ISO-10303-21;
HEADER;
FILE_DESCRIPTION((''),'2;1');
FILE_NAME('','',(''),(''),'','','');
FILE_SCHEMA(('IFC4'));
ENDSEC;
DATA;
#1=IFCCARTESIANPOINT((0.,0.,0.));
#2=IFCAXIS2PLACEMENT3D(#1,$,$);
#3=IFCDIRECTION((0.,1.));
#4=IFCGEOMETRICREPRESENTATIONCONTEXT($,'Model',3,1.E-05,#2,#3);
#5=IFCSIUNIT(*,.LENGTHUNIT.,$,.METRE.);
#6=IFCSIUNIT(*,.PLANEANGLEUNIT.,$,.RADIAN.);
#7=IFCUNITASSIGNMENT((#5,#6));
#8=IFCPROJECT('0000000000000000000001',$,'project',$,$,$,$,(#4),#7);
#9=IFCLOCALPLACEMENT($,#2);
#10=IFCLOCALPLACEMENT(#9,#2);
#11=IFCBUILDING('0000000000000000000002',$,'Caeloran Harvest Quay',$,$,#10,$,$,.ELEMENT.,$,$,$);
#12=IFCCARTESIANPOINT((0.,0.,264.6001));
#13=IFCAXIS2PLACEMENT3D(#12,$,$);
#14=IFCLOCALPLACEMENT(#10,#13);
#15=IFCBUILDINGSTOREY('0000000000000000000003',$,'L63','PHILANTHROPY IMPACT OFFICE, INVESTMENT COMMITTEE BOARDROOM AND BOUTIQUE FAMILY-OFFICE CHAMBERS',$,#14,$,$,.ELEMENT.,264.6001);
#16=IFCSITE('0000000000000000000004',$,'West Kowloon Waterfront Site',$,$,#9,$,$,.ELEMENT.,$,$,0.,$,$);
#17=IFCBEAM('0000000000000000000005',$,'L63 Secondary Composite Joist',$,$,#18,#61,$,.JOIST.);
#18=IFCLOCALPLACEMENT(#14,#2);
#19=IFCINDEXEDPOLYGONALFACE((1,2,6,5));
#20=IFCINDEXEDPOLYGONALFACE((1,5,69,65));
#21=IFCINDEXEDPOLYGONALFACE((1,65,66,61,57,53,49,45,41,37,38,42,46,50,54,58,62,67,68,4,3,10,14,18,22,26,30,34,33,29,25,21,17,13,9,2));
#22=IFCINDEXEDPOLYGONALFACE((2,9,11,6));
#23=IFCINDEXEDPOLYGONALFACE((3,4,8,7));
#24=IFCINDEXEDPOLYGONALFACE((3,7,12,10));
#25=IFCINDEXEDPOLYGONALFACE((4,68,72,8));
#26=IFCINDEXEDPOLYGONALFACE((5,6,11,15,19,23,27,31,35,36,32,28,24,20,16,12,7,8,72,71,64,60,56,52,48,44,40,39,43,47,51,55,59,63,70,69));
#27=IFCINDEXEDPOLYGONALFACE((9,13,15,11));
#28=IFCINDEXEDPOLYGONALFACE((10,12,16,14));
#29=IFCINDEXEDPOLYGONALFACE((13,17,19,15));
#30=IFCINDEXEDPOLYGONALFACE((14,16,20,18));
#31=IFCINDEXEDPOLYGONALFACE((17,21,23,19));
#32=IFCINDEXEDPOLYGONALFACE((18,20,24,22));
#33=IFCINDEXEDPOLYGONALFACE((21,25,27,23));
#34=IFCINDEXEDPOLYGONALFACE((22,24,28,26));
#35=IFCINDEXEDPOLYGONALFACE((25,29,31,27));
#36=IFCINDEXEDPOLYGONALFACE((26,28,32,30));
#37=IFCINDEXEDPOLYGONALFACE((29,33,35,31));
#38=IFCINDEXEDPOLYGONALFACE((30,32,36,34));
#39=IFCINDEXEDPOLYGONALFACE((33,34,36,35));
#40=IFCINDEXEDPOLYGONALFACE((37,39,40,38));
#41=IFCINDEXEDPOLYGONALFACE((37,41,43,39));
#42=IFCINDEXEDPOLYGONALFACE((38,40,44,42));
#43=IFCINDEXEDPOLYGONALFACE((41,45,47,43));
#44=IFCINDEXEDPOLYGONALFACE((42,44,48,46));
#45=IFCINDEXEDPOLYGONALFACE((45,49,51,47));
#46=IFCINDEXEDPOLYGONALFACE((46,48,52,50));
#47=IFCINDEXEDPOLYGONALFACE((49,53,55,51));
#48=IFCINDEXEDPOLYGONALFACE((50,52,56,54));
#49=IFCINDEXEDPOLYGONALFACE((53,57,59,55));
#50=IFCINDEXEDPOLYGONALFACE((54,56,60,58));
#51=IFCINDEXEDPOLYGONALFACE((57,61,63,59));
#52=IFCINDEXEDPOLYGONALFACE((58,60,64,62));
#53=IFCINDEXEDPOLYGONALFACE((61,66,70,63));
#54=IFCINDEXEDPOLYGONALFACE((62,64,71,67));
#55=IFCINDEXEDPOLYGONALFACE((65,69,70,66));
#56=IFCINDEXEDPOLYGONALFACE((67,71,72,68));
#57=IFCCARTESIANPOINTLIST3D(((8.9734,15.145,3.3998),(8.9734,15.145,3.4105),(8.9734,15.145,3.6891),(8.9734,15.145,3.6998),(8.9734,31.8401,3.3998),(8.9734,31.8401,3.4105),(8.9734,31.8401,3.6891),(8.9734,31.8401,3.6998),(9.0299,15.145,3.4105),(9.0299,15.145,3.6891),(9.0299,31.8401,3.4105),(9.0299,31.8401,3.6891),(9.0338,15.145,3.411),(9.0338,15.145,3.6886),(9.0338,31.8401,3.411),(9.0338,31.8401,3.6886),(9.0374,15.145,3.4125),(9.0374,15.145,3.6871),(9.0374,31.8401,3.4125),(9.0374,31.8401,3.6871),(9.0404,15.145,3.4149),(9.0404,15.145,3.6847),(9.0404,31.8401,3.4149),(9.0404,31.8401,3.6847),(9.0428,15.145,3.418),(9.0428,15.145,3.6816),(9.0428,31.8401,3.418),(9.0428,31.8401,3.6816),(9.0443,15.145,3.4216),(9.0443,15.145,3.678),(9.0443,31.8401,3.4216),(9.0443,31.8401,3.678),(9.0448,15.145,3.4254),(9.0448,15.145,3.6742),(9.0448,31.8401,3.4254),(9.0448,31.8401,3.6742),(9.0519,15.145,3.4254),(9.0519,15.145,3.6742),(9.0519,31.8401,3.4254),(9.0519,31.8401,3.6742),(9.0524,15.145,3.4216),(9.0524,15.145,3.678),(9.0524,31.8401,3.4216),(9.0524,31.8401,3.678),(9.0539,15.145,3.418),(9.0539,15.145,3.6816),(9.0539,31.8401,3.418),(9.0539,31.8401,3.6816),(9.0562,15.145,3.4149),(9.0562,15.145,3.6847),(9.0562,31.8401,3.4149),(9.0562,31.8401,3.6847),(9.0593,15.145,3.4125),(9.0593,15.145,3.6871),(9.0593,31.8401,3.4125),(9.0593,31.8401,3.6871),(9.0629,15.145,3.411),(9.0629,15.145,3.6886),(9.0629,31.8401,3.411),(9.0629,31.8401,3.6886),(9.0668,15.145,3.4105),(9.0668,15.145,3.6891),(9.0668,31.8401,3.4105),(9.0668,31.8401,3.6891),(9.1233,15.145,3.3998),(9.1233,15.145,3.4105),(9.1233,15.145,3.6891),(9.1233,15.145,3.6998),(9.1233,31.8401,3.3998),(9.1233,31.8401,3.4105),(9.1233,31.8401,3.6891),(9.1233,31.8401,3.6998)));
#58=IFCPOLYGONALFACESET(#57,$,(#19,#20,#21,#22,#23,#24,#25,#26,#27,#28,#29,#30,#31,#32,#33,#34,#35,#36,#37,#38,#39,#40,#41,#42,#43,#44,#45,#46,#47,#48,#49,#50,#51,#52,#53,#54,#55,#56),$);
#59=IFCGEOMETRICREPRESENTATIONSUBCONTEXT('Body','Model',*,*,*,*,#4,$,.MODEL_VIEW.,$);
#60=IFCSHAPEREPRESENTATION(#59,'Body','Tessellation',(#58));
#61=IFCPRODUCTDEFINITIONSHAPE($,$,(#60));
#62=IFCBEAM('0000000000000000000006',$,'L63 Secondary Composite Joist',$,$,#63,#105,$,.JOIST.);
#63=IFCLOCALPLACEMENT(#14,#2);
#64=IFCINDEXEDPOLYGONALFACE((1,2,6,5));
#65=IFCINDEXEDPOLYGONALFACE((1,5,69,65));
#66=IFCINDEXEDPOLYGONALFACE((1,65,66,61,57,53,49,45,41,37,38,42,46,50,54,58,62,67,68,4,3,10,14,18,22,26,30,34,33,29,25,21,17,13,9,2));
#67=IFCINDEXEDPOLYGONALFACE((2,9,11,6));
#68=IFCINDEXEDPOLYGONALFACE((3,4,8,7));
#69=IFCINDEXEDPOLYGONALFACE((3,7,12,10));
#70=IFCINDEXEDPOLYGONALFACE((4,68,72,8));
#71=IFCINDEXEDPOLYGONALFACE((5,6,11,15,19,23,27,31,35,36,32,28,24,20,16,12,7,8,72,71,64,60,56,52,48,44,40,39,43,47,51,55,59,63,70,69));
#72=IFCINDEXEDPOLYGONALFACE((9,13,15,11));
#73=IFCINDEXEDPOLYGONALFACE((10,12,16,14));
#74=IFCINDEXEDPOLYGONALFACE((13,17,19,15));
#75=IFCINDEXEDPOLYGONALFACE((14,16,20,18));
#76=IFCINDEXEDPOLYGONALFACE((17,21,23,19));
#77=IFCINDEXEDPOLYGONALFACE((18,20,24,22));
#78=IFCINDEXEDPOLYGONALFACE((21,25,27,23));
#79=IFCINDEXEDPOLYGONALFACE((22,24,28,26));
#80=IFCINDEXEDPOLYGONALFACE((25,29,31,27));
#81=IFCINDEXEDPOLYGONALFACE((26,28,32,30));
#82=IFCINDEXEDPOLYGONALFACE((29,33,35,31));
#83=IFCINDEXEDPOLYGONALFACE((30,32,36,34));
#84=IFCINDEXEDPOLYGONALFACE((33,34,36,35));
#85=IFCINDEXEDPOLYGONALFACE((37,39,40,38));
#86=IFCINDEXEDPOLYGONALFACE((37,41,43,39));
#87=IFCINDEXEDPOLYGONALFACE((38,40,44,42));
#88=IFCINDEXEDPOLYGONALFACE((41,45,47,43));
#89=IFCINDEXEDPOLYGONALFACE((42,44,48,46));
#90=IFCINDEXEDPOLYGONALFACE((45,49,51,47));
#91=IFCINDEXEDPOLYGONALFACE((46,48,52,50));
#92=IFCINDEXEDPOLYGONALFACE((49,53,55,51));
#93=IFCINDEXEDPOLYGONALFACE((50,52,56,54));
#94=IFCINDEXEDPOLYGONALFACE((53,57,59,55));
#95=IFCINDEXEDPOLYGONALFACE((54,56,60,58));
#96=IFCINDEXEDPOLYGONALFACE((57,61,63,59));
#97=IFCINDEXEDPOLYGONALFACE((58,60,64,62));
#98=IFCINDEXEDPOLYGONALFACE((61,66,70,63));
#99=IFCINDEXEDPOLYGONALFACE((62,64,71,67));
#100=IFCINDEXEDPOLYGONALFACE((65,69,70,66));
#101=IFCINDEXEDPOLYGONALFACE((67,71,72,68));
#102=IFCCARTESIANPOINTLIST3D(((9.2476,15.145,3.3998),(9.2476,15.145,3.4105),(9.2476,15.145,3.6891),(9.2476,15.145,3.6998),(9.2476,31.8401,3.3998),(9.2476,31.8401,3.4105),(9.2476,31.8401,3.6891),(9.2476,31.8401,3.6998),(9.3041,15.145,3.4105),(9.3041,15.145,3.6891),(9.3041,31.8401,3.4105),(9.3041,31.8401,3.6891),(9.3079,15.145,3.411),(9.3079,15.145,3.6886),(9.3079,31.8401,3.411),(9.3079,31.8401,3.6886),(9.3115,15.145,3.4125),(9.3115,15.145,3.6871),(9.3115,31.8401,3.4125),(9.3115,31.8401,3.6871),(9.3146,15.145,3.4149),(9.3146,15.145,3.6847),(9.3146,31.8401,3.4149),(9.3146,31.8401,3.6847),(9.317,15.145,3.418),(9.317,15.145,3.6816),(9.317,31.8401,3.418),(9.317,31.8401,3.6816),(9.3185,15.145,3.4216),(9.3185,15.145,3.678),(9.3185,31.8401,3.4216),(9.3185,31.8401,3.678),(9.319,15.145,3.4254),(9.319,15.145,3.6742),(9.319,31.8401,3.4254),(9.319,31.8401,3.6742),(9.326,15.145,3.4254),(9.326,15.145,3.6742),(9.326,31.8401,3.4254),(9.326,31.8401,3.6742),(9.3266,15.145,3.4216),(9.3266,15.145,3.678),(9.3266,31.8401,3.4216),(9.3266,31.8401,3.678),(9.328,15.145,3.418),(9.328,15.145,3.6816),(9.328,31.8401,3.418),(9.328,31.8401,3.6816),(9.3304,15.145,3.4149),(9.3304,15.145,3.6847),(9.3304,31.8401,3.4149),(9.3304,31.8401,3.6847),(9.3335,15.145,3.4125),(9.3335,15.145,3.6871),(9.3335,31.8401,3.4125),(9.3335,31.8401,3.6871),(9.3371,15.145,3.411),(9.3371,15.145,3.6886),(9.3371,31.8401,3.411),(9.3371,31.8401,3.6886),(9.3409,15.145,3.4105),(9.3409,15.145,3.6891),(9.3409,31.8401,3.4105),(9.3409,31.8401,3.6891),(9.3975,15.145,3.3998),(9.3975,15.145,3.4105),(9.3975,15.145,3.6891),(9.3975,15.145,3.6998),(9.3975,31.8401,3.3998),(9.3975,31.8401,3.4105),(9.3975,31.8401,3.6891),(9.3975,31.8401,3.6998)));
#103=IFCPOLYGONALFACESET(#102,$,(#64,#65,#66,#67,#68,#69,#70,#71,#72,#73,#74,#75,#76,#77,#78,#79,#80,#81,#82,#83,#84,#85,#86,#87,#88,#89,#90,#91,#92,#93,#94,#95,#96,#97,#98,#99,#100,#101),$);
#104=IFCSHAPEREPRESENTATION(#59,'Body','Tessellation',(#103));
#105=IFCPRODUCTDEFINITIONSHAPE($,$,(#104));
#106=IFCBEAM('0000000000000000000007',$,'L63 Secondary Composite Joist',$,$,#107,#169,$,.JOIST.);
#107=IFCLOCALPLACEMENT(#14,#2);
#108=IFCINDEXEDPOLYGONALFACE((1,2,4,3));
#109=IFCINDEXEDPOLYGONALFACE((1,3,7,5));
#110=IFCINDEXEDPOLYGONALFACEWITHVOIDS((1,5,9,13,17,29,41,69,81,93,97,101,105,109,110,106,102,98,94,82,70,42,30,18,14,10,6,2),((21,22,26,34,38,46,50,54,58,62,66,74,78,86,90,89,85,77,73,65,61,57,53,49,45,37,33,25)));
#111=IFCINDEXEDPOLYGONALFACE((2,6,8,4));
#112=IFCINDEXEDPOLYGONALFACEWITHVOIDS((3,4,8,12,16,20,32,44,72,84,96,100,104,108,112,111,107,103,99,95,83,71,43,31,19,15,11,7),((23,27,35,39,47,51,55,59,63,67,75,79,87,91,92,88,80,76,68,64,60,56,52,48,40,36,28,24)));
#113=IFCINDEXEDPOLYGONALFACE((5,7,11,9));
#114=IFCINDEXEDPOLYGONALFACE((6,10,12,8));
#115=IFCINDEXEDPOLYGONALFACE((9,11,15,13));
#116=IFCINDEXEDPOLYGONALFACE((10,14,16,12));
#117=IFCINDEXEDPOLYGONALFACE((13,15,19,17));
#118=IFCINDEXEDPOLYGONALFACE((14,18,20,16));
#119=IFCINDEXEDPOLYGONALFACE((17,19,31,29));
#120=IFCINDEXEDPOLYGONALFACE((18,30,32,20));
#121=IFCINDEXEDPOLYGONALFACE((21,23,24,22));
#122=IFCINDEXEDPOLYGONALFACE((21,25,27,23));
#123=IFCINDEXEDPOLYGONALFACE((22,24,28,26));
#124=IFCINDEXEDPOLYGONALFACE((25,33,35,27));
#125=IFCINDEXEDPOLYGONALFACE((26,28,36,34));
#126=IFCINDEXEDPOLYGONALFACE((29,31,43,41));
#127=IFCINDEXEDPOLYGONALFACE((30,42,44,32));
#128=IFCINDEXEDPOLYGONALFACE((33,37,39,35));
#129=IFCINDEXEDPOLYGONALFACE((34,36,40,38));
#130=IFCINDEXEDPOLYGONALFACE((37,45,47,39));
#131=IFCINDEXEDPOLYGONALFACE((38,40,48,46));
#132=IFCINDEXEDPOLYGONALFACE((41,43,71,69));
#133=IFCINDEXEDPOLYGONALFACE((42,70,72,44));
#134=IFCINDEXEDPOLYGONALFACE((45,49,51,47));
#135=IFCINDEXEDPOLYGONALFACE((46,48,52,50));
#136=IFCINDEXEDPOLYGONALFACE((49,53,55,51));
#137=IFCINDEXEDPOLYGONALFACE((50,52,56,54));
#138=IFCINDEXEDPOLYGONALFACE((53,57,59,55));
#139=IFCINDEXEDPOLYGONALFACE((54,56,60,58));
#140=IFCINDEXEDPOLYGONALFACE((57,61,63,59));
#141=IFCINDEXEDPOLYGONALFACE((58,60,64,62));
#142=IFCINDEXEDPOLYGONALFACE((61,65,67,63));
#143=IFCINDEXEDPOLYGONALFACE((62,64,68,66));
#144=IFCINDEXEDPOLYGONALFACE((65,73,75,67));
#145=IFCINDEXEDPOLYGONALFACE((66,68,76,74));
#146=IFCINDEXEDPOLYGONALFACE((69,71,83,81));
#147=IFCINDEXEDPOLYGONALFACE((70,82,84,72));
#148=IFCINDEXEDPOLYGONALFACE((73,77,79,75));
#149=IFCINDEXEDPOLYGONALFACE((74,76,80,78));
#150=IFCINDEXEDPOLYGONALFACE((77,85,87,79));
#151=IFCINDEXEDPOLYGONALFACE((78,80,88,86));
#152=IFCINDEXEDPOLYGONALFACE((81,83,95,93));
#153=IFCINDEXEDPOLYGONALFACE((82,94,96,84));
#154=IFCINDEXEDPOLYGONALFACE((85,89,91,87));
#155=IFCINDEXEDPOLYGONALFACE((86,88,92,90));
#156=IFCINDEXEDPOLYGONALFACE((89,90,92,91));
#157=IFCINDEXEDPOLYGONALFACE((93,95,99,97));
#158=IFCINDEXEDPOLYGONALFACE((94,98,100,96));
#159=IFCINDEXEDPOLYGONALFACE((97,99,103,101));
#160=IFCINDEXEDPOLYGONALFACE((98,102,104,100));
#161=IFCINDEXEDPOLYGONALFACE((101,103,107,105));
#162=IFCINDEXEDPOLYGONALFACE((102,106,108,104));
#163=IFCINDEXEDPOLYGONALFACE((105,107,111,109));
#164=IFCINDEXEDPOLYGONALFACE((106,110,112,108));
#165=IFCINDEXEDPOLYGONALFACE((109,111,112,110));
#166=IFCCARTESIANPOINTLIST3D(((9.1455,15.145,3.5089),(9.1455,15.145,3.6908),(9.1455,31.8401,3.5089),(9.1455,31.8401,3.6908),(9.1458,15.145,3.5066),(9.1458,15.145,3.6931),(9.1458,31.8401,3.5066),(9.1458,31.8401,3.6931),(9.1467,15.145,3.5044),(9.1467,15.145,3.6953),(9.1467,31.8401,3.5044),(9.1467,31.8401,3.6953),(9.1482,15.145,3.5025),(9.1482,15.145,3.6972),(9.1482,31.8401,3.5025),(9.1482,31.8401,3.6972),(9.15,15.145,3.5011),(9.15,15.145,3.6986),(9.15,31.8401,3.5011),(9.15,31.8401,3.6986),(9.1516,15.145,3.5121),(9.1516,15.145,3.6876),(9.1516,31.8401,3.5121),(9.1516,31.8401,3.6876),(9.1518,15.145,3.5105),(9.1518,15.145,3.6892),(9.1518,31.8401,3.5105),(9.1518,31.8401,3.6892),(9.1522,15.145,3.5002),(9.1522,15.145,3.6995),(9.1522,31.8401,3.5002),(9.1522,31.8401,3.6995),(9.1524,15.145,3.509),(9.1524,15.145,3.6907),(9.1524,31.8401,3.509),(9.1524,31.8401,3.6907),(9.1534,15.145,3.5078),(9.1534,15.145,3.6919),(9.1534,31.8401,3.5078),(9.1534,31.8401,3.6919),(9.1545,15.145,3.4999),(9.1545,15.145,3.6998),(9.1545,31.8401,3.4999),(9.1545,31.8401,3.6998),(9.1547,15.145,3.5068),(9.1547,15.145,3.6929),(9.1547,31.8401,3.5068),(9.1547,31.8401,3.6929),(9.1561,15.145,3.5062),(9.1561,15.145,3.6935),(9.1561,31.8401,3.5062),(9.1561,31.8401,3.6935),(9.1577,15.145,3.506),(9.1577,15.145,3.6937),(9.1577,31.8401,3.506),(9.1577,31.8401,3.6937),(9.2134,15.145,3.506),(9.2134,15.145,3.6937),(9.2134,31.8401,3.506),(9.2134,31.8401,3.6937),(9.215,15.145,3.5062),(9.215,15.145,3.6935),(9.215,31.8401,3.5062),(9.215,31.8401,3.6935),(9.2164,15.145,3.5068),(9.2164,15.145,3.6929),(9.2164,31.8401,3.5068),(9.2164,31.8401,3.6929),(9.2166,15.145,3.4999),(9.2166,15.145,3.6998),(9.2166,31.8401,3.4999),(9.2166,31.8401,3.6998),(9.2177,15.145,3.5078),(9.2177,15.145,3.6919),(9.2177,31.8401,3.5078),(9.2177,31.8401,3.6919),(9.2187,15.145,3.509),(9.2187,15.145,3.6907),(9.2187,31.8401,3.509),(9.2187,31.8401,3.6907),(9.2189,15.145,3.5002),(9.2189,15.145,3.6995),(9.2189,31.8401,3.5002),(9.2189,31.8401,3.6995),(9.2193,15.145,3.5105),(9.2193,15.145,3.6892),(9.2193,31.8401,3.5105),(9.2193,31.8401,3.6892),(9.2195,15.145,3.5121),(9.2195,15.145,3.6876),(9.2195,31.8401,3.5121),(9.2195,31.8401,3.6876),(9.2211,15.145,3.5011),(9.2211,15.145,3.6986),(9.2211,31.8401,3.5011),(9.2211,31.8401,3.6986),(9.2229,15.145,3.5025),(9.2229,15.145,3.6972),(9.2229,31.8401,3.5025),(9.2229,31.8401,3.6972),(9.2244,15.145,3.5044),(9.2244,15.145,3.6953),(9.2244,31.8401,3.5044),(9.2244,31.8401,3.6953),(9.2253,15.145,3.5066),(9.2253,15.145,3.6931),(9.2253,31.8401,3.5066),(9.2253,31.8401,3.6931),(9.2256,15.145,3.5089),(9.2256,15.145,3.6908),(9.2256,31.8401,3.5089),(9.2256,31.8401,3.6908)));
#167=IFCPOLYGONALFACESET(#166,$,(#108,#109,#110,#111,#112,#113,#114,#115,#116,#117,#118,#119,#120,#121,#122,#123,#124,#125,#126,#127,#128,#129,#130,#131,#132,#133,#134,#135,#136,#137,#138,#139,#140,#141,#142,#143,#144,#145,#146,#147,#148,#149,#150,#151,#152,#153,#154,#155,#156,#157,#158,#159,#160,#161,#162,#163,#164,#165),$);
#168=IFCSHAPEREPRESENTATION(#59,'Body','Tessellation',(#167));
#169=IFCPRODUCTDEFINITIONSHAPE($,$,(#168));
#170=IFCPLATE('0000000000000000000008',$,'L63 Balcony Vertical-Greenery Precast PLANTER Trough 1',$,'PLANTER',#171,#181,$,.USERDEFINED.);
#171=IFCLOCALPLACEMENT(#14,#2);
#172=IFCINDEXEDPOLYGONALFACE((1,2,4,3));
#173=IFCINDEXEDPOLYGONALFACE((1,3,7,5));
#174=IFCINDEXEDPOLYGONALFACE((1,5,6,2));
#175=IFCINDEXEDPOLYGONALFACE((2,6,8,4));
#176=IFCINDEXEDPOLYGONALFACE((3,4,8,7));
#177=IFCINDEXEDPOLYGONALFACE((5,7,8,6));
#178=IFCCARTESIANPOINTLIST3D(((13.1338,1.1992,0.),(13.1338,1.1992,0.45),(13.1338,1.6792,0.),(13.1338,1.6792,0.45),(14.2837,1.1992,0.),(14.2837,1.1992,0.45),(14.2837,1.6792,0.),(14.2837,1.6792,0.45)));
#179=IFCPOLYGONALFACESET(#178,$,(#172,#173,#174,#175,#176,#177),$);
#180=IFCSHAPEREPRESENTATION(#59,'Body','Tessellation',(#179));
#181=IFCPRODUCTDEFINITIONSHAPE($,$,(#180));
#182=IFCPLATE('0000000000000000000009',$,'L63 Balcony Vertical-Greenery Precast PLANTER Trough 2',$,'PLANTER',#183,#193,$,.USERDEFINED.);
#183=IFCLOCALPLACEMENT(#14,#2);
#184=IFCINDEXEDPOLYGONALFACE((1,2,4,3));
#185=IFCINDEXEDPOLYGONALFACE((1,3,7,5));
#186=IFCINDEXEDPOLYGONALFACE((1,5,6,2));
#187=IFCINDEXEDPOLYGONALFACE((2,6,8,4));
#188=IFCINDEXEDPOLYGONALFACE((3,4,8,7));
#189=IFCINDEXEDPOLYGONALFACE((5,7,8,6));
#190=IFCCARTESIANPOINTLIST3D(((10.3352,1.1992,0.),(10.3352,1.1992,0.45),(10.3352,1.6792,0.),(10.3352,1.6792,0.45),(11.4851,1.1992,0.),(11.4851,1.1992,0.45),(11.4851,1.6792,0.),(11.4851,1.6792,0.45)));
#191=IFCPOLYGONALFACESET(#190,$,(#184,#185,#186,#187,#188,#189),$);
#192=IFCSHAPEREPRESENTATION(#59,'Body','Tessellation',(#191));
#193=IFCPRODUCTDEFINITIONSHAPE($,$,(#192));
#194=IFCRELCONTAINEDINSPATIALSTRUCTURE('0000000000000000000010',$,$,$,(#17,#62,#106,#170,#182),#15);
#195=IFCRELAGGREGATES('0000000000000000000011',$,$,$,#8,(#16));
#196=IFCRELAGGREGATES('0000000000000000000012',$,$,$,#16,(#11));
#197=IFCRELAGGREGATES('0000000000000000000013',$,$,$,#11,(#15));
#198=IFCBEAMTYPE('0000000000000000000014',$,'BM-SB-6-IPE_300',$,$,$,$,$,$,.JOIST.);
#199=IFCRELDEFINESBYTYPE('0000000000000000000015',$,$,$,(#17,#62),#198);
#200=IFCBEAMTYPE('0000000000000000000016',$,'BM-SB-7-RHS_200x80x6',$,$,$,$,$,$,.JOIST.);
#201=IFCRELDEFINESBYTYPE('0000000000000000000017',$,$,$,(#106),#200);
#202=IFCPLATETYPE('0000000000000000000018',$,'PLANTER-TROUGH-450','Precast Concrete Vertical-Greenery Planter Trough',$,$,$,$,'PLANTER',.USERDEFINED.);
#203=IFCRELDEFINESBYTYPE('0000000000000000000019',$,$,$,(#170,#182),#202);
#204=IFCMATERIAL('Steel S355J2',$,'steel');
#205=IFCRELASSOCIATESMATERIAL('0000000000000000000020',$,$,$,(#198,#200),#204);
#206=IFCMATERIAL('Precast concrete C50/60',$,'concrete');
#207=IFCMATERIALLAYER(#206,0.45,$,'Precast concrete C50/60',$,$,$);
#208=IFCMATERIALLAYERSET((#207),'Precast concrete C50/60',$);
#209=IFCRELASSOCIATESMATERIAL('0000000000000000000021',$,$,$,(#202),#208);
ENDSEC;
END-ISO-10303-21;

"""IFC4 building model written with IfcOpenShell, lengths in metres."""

from ifc_helpers import new_model, si_unit, direction, frame, origin, origin_2d, place, context, subcontext, project, spatial, rectangle, hollow_rectangle, i_section, extrude, material, layer, layer_set, material_profile, profile_set, type_object, element, save


model = new_model("IFC4")

# Units and contexts
model_context = context("Model", 3, precision=1e-05, world=origin(), true_north=direction((0.0, 1.0)))
body_context = subcontext(model_context, "Body", "Model", "MODEL_VIEW")
ifc_project = project(units=[si_unit("LENGTHUNIT", "METRE"), si_unit("PLANEANGLEUNIT", "RADIAN")], contexts=[model_context])

# Site, building, storey
site_placement = place(None, origin())
site = spatial("IfcSite", under=ifc_project, at=site_placement, Name="West Kowloon Waterfront Site", CompositionType="ELEMENT", RefElevation=0.0)
building_placement = place(site_placement, origin())
building = spatial("IfcBuilding", under=site, at=building_placement, Name="Caeloran Harvest Quay", CompositionType="ELEMENT")
storey_placement = place(building_placement, frame((0.0, 0.0, 264.6001)))
storey = spatial("IfcBuildingStorey", under=building, at=storey_placement, Name="L63", Description="PHILANTHROPY IMPACT OFFICE, INVESTMENT COMMITTEE BOARDROOM AND BOUTIQUE FAMILY-OFFICE CHAMBERS", CompositionType="ELEMENT", Elevation=264.6001)

# Beams
ifc_material_1 = material(Name="Steel S355J2", Category="steel")
ifc_material_profile_1 = material_profile(ifc_material_1, i_section(OverallWidth=0.1499, OverallDepth=0.3, WebThickness=0.0071, FlangeThickness=0.0107, FilletRadius=0.0149, at=origin_2d()), Name="IPE 300")
ifc_profile_set_1 = profile_set([ifc_material_profile_1], Name="Steel S355J2")
beam_type_1 = type_object("IfcBeamType", Name="BM-SB-6-IPE_300", PredefinedType="JOIST", material=ifc_profile_set_1)
for number, where, z_axis, x_axis, name in (
    (1, (9.0483, 15.145, 3.5498), (0.0, 1.0, 0.0), (-1.0, 0.0, 0.0), "L63 Secondary Composite Joist"),
    (2, (9.3225, 15.145, 3.5498), (0.0, 1.0, 0.0), (-1.0, 0.0, 0.0), "L63 Secondary Composite Joist"),
):
    element("IfcBeam", number, at=place(storey_placement, frame(where, z_axis=z_axis, x_axis=x_axis)), inside=storey, type_object=beam_type_1, Name=name, PredefinedType="JOIST", context=body_context, shape_type="SweptSolid", body=[
        extrude(i_section(OverallWidth=0.1499, OverallDepth=0.3, WebThickness=0.0071, FlangeThickness=0.0107, FilletRadius=0.0149, at=origin_2d()), origin(), (0.0, 0.0, 1.0), 16.6951),
    ])
ifc_material_profile_2 = material_profile(ifc_material_1, hollow_rectangle(XDim=0.0801, YDim=0.2, WallThickness=0.0061, InnerFilletRadius=0.0061, OuterFilletRadius=0.009, at=origin_2d()), Name="RHS 200x80x6")
ifc_profile_set_2 = profile_set([ifc_material_profile_2], Name="Steel S355J2")
beam_type_2 = type_object("IfcBeamType", Name="BM-SB-7-RHS_200x80x6", PredefinedType="JOIST", material=ifc_profile_set_2)
beam_1_placement = place(storey_placement, frame((9.1855, 15.145, 3.5999), z_axis=(0.0, 1.0, 0.0), x_axis=(-1.0, 0.0, 0.0)))
element("IfcBeam", 3, at=beam_1_placement, inside=storey, type_object=beam_type_2, Name="L63 Secondary Composite Joist", PredefinedType="JOIST", context=body_context, shape_type="SweptSolid", body=[
    extrude(hollow_rectangle(XDim=0.0801, YDim=0.2, WallThickness=0.0061, InnerFilletRadius=0.0061, OuterFilletRadius=0.009, at=origin_2d()), origin(), (0.0, 0.0, 1.0), 16.6951),
])

# Plates
ifc_material_2 = material(Name="Precast concrete C50/60", Category="concrete")
ifc_layer_1 = layer(ifc_material_2, 0.45, Name="Precast concrete C50/60")
ifc_layer_set_1 = layer_set([ifc_layer_1], Name="Precast concrete C50/60")
plate_type = type_object("IfcPlateType", Name="PLANTER-TROUGH-450", Description="Precast Concrete Vertical-Greenery Planter Trough", ElementType="PLANTER", PredefinedType="USERDEFINED", material=ifc_layer_set_1)
for number, where, z_axis, x_axis, name in (
    (4, (13.7087, 1.4392, 0.0), (0.0, 0.0, 1.0), (1.0, 0.0, 0.0), "L63 Balcony Vertical-Greenery Precast PLANTER Trough 1"),
    (5, (10.9102, 1.4392, 0.0), (0.0, 0.0, 1.0), (1.0, 0.0, 0.0), "L63 Balcony Vertical-Greenery Precast PLANTER Trough 2"),
):
    element("IfcPlate", number, at=place(storey_placement, frame(where, z_axis=z_axis, x_axis=x_axis)), inside=storey, type_object=plate_type, Name=name, ObjectType="PLANTER", PredefinedType="USERDEFINED", context=body_context, shape_type="SweptSolid", body=[
        extrude(rectangle(XDim=1.1499, YDim=0.48, at=origin_2d()), origin(), (0.0, 0.0, 1.0), 0.45),
    ])

save(model, "model.ifc")
